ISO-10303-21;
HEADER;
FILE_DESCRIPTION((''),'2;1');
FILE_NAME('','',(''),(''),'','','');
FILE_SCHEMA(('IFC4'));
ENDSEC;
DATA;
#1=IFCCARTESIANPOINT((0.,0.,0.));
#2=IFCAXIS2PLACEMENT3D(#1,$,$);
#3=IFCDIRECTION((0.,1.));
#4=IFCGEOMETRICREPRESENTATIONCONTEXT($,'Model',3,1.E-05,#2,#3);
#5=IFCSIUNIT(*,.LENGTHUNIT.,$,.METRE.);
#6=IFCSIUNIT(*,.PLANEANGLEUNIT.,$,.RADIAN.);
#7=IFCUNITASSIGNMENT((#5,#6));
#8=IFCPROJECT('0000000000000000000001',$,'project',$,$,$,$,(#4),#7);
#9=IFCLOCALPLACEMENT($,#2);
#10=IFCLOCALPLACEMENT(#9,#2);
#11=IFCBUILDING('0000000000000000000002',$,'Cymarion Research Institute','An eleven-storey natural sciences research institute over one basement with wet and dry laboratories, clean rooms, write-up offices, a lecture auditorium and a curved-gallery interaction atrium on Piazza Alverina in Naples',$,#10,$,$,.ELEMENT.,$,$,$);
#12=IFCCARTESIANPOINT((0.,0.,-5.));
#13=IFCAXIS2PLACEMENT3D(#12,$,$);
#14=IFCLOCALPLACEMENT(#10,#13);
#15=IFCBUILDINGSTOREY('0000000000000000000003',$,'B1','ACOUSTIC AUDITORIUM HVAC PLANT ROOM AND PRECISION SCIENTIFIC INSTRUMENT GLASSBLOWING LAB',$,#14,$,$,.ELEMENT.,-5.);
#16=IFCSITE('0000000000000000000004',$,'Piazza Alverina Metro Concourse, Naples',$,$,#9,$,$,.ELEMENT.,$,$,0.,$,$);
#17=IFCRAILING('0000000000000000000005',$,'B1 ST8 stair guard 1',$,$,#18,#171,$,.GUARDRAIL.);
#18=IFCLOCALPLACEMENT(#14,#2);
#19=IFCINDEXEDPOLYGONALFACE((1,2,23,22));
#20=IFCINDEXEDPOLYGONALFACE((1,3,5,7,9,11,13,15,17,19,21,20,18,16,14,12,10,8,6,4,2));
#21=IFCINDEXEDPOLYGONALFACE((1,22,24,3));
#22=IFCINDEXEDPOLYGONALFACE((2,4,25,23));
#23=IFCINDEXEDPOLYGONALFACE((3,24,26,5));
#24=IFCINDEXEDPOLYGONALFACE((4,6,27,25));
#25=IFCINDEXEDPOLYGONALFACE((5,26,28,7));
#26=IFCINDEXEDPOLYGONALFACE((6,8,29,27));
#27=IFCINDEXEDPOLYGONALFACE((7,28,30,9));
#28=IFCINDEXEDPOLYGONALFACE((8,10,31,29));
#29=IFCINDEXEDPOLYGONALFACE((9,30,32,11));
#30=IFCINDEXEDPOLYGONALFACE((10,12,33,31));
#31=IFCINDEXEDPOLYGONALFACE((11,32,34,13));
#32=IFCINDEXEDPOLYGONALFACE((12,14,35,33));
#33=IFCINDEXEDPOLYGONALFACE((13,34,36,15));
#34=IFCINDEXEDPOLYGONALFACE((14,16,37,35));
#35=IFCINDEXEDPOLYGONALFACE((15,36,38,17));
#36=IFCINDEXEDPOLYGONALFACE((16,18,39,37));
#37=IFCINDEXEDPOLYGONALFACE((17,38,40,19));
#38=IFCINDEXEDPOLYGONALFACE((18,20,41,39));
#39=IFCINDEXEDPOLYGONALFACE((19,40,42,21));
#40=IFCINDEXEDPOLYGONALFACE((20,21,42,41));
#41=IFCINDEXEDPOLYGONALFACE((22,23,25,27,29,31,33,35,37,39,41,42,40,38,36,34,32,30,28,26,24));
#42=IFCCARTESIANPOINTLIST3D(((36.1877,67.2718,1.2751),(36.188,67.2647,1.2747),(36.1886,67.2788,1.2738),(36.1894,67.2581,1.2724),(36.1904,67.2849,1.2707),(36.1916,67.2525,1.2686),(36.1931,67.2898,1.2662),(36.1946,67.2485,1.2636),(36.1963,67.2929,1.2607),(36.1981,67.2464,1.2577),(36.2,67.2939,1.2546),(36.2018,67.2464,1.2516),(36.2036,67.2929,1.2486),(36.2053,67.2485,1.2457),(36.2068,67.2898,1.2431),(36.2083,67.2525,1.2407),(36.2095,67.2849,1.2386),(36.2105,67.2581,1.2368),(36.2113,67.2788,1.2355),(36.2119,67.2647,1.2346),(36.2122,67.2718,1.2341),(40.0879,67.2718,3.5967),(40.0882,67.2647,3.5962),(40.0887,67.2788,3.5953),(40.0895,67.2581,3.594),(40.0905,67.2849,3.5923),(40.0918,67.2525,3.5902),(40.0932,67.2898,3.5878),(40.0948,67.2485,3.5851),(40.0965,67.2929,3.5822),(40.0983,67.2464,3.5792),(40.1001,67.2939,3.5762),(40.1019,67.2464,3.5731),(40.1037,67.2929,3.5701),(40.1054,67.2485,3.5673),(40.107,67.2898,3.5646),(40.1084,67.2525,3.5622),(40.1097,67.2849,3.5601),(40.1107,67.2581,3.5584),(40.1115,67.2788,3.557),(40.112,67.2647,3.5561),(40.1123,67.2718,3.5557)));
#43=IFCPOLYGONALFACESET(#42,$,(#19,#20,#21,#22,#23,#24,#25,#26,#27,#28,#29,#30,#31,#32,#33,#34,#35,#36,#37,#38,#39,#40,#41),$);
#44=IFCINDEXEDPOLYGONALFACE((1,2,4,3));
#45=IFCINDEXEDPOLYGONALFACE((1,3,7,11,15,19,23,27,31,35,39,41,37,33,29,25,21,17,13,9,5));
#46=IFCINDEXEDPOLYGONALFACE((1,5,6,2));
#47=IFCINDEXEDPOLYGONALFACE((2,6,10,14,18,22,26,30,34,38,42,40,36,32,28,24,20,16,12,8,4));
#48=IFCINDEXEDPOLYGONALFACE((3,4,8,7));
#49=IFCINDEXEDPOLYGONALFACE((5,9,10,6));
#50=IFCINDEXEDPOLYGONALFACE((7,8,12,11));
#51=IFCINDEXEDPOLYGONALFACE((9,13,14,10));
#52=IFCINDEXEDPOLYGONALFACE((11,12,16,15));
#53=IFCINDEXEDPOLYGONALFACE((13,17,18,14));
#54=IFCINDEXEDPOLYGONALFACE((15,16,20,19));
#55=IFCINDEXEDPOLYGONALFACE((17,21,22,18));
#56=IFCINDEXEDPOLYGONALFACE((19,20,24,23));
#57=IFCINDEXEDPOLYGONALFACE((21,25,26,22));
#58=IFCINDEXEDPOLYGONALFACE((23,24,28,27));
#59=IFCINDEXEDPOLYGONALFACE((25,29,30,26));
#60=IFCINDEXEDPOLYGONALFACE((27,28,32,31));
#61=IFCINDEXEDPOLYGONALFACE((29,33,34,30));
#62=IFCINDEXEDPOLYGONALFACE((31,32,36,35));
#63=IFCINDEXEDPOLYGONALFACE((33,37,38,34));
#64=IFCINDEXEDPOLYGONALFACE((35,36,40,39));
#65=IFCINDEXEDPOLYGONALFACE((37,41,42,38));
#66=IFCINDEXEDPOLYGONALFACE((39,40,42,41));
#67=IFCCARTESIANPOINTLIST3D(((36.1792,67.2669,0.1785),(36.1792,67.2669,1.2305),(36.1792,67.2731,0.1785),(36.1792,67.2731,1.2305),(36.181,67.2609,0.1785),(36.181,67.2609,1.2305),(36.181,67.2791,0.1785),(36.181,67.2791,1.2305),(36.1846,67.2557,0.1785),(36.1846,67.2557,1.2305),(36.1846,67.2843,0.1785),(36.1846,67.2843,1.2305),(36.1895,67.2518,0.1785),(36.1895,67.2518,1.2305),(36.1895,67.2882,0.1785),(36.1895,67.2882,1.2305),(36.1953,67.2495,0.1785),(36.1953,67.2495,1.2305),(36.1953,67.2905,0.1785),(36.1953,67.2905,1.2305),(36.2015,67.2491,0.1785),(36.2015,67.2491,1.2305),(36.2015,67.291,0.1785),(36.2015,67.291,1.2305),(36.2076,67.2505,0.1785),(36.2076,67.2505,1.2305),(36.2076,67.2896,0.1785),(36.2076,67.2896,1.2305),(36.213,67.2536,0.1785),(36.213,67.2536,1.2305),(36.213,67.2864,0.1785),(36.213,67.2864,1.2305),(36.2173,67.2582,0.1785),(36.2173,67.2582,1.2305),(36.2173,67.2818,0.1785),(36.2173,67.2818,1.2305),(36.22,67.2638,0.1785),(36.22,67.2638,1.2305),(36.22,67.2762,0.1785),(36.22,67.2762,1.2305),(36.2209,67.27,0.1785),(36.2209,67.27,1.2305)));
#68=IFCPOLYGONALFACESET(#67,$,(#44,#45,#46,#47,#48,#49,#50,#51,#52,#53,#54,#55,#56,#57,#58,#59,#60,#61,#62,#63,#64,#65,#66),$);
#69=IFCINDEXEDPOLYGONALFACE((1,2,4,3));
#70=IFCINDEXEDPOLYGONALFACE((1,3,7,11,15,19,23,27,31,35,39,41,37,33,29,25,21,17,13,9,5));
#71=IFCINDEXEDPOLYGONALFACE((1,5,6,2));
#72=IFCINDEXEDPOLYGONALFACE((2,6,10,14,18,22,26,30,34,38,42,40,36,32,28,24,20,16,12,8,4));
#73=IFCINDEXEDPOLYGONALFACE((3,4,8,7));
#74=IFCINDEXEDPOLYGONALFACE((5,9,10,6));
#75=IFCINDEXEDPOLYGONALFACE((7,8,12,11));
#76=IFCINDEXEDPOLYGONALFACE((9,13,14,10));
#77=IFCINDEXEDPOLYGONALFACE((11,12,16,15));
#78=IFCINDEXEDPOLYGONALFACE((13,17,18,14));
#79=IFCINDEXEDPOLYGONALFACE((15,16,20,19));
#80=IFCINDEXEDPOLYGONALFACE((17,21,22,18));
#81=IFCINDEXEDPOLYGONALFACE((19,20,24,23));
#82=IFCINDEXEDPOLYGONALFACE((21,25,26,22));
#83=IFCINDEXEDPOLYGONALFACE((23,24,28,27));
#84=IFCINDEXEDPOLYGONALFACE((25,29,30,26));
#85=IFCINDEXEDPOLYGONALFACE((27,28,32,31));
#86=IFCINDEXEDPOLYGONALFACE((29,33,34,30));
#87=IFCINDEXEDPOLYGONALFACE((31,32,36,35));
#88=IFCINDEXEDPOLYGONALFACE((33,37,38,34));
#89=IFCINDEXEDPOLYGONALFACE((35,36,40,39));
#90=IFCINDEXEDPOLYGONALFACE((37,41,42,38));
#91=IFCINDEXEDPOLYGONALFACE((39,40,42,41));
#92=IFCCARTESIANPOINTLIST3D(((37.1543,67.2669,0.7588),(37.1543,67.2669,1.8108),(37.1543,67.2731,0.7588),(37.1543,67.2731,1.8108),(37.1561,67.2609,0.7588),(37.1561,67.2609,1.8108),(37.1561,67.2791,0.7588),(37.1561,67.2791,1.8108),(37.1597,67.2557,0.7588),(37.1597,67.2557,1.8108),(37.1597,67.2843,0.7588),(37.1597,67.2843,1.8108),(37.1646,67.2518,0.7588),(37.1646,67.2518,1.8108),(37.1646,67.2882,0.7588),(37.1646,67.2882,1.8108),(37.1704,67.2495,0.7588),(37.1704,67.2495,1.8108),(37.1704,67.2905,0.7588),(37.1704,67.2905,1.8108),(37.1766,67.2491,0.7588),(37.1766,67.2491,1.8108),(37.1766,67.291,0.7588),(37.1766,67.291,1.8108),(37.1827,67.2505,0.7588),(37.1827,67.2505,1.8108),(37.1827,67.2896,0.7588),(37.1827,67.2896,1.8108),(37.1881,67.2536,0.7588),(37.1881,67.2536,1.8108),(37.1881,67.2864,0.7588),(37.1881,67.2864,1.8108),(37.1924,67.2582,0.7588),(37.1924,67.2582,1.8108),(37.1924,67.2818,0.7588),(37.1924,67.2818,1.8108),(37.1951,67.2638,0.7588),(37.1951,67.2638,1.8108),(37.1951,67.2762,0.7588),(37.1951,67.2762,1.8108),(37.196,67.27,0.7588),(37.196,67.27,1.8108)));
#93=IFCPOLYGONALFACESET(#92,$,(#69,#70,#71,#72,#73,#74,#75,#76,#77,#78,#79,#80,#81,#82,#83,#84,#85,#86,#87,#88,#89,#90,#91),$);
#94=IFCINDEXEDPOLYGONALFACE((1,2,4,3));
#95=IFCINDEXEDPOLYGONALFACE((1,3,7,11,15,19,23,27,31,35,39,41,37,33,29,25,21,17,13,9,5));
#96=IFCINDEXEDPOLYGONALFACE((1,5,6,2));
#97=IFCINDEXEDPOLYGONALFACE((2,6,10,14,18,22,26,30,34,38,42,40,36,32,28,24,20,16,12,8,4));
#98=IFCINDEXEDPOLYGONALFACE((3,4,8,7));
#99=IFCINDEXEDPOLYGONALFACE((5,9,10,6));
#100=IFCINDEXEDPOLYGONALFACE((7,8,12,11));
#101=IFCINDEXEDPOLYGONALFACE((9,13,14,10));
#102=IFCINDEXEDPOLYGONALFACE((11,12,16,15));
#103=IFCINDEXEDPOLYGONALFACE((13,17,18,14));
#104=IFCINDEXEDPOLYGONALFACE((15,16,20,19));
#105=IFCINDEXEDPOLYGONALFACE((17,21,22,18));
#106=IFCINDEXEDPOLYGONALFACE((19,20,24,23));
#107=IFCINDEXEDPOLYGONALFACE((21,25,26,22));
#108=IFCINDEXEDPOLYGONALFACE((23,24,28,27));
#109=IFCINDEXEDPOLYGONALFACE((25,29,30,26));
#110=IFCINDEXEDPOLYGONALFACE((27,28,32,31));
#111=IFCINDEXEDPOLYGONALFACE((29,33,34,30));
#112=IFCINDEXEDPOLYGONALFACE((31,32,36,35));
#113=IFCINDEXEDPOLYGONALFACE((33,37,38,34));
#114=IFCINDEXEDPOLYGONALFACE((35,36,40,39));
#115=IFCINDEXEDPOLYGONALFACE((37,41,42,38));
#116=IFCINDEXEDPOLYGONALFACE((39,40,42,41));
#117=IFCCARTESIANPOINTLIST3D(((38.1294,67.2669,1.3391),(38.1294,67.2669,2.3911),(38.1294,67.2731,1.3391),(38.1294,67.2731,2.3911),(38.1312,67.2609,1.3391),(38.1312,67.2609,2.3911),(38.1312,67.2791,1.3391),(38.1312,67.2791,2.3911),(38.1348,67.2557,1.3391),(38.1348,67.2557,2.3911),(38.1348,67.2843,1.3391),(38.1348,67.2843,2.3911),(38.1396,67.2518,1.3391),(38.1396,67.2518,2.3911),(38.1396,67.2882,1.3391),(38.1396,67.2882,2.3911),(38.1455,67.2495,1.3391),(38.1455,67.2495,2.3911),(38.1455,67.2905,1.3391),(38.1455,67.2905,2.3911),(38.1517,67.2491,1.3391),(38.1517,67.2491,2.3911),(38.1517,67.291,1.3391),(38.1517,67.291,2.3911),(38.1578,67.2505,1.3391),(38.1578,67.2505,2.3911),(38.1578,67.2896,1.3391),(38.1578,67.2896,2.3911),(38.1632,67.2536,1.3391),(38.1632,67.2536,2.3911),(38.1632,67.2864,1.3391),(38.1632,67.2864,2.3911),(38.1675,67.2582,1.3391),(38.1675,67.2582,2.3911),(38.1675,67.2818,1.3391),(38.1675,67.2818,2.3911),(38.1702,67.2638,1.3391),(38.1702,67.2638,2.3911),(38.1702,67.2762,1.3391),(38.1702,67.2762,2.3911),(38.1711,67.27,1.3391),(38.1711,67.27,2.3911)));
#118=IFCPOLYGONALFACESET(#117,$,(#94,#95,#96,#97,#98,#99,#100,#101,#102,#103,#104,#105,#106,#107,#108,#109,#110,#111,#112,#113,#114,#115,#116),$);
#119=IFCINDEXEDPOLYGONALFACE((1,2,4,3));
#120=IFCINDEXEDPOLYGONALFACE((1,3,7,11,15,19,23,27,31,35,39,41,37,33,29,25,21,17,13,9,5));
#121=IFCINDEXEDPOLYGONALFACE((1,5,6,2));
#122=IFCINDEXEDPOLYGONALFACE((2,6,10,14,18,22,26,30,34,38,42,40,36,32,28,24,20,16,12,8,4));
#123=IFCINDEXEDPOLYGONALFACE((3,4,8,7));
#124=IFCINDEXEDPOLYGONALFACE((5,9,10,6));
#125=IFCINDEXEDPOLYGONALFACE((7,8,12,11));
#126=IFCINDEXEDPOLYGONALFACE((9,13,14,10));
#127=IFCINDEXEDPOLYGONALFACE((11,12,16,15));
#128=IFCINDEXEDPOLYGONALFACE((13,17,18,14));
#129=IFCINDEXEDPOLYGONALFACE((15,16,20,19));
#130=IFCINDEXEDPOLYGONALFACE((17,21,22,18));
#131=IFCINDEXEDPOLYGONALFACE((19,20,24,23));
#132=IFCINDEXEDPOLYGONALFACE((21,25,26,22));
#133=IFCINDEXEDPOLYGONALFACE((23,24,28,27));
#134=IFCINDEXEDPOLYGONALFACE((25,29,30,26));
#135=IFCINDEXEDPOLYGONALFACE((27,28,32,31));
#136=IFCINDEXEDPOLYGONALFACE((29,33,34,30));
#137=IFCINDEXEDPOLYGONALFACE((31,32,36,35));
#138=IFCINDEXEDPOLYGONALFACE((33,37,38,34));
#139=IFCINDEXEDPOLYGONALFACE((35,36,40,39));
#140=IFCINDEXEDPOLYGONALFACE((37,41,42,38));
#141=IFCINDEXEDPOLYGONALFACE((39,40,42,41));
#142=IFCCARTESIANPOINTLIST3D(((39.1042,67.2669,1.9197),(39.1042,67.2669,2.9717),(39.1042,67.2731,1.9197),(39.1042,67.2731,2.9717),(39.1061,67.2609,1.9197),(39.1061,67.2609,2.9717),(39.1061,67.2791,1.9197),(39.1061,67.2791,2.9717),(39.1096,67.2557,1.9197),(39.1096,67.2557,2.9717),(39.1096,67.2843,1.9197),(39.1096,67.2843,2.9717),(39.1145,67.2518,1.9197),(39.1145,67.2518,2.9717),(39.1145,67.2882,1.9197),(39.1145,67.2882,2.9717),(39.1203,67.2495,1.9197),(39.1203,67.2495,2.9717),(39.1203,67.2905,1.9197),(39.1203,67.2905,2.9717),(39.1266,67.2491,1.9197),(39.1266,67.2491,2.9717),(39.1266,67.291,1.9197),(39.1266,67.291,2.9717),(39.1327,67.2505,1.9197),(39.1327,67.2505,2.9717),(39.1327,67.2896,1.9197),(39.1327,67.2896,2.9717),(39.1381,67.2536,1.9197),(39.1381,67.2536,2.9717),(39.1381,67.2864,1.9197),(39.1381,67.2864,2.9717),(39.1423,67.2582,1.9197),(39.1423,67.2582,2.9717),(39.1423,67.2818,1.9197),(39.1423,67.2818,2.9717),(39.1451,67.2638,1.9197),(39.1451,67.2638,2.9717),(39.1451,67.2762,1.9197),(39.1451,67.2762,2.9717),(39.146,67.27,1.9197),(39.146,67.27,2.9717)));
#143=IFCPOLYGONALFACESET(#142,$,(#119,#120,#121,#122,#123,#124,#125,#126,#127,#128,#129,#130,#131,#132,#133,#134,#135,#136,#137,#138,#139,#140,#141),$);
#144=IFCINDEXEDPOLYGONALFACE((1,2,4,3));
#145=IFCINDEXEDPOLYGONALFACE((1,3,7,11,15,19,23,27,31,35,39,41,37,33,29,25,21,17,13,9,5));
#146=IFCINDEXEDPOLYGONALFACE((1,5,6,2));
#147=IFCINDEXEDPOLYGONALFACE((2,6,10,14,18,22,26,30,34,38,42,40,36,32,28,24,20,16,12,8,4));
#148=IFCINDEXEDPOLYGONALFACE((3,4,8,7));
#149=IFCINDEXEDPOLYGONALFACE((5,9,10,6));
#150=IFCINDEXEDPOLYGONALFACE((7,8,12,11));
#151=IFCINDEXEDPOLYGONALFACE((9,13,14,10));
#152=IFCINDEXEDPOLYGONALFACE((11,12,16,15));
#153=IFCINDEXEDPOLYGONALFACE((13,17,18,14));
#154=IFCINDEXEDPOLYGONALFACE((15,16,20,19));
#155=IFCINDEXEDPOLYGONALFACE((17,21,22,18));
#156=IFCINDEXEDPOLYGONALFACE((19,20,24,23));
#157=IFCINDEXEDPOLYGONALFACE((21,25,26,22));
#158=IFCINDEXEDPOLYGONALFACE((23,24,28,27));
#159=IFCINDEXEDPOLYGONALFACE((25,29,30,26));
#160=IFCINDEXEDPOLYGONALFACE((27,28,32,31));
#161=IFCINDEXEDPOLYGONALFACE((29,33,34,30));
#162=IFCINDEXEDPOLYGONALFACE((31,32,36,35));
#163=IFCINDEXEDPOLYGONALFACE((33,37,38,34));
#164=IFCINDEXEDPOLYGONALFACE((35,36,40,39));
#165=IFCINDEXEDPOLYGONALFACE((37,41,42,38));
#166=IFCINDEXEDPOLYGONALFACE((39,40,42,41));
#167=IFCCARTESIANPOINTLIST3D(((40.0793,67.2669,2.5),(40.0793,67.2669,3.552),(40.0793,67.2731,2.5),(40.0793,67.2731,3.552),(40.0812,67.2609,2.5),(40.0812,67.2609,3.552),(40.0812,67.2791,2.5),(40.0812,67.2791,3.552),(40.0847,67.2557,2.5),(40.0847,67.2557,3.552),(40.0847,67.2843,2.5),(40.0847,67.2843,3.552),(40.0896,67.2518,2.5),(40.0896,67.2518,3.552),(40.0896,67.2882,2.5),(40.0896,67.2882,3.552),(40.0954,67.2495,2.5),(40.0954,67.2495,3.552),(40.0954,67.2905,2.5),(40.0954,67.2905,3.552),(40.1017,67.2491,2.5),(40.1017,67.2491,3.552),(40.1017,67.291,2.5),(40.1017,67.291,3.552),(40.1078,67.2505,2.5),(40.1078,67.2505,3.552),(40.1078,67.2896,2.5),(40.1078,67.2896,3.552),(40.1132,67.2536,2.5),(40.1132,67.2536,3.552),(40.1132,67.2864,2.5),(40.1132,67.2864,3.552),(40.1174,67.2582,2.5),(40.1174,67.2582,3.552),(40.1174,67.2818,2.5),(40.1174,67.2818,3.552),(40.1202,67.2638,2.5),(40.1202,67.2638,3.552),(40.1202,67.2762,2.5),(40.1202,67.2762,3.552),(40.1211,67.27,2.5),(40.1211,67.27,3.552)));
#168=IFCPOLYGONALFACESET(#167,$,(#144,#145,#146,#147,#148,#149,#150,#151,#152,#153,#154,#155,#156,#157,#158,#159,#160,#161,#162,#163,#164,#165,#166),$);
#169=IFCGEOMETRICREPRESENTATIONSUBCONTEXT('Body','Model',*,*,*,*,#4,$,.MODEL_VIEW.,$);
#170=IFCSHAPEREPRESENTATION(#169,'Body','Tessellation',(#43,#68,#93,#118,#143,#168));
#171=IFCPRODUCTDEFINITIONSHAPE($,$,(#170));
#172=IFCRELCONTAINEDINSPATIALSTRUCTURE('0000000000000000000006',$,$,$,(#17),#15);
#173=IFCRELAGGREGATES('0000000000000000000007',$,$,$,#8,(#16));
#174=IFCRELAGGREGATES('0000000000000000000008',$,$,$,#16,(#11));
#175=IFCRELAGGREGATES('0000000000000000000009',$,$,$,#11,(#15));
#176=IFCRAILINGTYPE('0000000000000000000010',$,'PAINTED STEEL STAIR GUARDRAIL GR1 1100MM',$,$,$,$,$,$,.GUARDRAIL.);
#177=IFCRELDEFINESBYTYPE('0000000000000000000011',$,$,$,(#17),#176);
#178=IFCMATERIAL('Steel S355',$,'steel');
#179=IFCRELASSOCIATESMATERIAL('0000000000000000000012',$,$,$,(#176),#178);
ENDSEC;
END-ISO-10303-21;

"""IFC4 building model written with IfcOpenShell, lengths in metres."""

from ifc_helpers import new_model, si_unit, direction, frame, origin, origin_2d, place, context, subcontext, project, spatial, circle, extrude, material, type_object, element, save


model = new_model("IFC4")

# Units and contexts
model_context = context("Model", 3, precision=1e-05, world=origin(), true_north=direction((0.0, 1.0)))
body_context = subcontext(model_context, "Body", "Model", "MODEL_VIEW")
ifc_project = project(units=[si_unit("LENGTHUNIT", "METRE"), si_unit("PLANEANGLEUNIT", "RADIAN")], contexts=[model_context])

# Site, building, storey
site_placement = place(None, origin())
site = spatial("IfcSite", under=ifc_project, at=site_placement, Name="Piazza Alverina Metro Concourse, Naples", CompositionType="ELEMENT", RefElevation=0.0)
building_placement = place(site_placement, origin())
building = spatial("IfcBuilding", under=site, at=building_placement, Name="Cymarion Research Institute", Description="An eleven-storey natural sciences research institute over one basement with wet and dry laboratories, clean rooms, write-up offices, a lecture auditorium and a curved-gallery interaction atrium on Piazza Alverina in Naples", CompositionType="ELEMENT")
storey_placement = place(building_placement, frame((0.0, 0.0, -5.0)))
storey = spatial("IfcBuildingStorey", under=building, at=storey_placement, Name="B1", Description="ACOUSTIC AUDITORIUM HVAC PLANT ROOM AND PRECISION SCIENTIFIC INSTRUMENT GLASSBLOWING LAB", CompositionType="ELEMENT", Elevation=-5.0)

# Shared definitions
ifc_material_1 = material(Name="Steel S355", Category="steel")

# Railing
railing_type_1 = type_object("IfcRailingType", Name="PAINTED STEEL STAIR GUARDRAIL GR1 1100MM", PredefinedType="GUARDRAIL", material=ifc_material_1)
railing_1_placement = place(storey_placement, frame((36.2, 67.27, 0.1785)))
element("IfcRailing", 1, at=railing_1_placement, inside=storey, type_object=railing_type_1, Name="B1 ST8 stair guard 1", PredefinedType="GUARDRAIL", context=body_context, shape_type="SweptSolid", body=[
    extrude(circle(Radius=0.0239, at=origin_2d()), frame((0.0, 0.0, 1.0762), z_axis=(0.859291, 0.0, 0.511487), x_axis=(0.0, 1.0, 0.0)), (0.0, 0.0, 1.0), 4.5388),
    extrude(circle(Radius=0.021, at=origin_2d()), origin(), (0.0, 0.0, 1.0), 1.052),
    extrude(circle(Radius=0.021, at=origin_2d()), frame((0.9751, 0.0, 0.5803)), (0.0, 0.0, 1.0), 1.052),
    extrude(circle(Radius=0.021, at=origin_2d()), frame((1.9502, 0.0, 1.1606)), (0.0, 0.0, 1.0), 1.052),
    extrude(circle(Radius=0.021, at=origin_2d()), frame((2.925, 0.0, 1.7412)), (0.0, 0.0, 1.0), 1.052),
    extrude(circle(Radius=0.021, at=origin_2d()), frame((3.9001, 0.0, 2.3215)), (0.0, 0.0, 1.0), 1.052),
])

save(model, "model.ifc")
